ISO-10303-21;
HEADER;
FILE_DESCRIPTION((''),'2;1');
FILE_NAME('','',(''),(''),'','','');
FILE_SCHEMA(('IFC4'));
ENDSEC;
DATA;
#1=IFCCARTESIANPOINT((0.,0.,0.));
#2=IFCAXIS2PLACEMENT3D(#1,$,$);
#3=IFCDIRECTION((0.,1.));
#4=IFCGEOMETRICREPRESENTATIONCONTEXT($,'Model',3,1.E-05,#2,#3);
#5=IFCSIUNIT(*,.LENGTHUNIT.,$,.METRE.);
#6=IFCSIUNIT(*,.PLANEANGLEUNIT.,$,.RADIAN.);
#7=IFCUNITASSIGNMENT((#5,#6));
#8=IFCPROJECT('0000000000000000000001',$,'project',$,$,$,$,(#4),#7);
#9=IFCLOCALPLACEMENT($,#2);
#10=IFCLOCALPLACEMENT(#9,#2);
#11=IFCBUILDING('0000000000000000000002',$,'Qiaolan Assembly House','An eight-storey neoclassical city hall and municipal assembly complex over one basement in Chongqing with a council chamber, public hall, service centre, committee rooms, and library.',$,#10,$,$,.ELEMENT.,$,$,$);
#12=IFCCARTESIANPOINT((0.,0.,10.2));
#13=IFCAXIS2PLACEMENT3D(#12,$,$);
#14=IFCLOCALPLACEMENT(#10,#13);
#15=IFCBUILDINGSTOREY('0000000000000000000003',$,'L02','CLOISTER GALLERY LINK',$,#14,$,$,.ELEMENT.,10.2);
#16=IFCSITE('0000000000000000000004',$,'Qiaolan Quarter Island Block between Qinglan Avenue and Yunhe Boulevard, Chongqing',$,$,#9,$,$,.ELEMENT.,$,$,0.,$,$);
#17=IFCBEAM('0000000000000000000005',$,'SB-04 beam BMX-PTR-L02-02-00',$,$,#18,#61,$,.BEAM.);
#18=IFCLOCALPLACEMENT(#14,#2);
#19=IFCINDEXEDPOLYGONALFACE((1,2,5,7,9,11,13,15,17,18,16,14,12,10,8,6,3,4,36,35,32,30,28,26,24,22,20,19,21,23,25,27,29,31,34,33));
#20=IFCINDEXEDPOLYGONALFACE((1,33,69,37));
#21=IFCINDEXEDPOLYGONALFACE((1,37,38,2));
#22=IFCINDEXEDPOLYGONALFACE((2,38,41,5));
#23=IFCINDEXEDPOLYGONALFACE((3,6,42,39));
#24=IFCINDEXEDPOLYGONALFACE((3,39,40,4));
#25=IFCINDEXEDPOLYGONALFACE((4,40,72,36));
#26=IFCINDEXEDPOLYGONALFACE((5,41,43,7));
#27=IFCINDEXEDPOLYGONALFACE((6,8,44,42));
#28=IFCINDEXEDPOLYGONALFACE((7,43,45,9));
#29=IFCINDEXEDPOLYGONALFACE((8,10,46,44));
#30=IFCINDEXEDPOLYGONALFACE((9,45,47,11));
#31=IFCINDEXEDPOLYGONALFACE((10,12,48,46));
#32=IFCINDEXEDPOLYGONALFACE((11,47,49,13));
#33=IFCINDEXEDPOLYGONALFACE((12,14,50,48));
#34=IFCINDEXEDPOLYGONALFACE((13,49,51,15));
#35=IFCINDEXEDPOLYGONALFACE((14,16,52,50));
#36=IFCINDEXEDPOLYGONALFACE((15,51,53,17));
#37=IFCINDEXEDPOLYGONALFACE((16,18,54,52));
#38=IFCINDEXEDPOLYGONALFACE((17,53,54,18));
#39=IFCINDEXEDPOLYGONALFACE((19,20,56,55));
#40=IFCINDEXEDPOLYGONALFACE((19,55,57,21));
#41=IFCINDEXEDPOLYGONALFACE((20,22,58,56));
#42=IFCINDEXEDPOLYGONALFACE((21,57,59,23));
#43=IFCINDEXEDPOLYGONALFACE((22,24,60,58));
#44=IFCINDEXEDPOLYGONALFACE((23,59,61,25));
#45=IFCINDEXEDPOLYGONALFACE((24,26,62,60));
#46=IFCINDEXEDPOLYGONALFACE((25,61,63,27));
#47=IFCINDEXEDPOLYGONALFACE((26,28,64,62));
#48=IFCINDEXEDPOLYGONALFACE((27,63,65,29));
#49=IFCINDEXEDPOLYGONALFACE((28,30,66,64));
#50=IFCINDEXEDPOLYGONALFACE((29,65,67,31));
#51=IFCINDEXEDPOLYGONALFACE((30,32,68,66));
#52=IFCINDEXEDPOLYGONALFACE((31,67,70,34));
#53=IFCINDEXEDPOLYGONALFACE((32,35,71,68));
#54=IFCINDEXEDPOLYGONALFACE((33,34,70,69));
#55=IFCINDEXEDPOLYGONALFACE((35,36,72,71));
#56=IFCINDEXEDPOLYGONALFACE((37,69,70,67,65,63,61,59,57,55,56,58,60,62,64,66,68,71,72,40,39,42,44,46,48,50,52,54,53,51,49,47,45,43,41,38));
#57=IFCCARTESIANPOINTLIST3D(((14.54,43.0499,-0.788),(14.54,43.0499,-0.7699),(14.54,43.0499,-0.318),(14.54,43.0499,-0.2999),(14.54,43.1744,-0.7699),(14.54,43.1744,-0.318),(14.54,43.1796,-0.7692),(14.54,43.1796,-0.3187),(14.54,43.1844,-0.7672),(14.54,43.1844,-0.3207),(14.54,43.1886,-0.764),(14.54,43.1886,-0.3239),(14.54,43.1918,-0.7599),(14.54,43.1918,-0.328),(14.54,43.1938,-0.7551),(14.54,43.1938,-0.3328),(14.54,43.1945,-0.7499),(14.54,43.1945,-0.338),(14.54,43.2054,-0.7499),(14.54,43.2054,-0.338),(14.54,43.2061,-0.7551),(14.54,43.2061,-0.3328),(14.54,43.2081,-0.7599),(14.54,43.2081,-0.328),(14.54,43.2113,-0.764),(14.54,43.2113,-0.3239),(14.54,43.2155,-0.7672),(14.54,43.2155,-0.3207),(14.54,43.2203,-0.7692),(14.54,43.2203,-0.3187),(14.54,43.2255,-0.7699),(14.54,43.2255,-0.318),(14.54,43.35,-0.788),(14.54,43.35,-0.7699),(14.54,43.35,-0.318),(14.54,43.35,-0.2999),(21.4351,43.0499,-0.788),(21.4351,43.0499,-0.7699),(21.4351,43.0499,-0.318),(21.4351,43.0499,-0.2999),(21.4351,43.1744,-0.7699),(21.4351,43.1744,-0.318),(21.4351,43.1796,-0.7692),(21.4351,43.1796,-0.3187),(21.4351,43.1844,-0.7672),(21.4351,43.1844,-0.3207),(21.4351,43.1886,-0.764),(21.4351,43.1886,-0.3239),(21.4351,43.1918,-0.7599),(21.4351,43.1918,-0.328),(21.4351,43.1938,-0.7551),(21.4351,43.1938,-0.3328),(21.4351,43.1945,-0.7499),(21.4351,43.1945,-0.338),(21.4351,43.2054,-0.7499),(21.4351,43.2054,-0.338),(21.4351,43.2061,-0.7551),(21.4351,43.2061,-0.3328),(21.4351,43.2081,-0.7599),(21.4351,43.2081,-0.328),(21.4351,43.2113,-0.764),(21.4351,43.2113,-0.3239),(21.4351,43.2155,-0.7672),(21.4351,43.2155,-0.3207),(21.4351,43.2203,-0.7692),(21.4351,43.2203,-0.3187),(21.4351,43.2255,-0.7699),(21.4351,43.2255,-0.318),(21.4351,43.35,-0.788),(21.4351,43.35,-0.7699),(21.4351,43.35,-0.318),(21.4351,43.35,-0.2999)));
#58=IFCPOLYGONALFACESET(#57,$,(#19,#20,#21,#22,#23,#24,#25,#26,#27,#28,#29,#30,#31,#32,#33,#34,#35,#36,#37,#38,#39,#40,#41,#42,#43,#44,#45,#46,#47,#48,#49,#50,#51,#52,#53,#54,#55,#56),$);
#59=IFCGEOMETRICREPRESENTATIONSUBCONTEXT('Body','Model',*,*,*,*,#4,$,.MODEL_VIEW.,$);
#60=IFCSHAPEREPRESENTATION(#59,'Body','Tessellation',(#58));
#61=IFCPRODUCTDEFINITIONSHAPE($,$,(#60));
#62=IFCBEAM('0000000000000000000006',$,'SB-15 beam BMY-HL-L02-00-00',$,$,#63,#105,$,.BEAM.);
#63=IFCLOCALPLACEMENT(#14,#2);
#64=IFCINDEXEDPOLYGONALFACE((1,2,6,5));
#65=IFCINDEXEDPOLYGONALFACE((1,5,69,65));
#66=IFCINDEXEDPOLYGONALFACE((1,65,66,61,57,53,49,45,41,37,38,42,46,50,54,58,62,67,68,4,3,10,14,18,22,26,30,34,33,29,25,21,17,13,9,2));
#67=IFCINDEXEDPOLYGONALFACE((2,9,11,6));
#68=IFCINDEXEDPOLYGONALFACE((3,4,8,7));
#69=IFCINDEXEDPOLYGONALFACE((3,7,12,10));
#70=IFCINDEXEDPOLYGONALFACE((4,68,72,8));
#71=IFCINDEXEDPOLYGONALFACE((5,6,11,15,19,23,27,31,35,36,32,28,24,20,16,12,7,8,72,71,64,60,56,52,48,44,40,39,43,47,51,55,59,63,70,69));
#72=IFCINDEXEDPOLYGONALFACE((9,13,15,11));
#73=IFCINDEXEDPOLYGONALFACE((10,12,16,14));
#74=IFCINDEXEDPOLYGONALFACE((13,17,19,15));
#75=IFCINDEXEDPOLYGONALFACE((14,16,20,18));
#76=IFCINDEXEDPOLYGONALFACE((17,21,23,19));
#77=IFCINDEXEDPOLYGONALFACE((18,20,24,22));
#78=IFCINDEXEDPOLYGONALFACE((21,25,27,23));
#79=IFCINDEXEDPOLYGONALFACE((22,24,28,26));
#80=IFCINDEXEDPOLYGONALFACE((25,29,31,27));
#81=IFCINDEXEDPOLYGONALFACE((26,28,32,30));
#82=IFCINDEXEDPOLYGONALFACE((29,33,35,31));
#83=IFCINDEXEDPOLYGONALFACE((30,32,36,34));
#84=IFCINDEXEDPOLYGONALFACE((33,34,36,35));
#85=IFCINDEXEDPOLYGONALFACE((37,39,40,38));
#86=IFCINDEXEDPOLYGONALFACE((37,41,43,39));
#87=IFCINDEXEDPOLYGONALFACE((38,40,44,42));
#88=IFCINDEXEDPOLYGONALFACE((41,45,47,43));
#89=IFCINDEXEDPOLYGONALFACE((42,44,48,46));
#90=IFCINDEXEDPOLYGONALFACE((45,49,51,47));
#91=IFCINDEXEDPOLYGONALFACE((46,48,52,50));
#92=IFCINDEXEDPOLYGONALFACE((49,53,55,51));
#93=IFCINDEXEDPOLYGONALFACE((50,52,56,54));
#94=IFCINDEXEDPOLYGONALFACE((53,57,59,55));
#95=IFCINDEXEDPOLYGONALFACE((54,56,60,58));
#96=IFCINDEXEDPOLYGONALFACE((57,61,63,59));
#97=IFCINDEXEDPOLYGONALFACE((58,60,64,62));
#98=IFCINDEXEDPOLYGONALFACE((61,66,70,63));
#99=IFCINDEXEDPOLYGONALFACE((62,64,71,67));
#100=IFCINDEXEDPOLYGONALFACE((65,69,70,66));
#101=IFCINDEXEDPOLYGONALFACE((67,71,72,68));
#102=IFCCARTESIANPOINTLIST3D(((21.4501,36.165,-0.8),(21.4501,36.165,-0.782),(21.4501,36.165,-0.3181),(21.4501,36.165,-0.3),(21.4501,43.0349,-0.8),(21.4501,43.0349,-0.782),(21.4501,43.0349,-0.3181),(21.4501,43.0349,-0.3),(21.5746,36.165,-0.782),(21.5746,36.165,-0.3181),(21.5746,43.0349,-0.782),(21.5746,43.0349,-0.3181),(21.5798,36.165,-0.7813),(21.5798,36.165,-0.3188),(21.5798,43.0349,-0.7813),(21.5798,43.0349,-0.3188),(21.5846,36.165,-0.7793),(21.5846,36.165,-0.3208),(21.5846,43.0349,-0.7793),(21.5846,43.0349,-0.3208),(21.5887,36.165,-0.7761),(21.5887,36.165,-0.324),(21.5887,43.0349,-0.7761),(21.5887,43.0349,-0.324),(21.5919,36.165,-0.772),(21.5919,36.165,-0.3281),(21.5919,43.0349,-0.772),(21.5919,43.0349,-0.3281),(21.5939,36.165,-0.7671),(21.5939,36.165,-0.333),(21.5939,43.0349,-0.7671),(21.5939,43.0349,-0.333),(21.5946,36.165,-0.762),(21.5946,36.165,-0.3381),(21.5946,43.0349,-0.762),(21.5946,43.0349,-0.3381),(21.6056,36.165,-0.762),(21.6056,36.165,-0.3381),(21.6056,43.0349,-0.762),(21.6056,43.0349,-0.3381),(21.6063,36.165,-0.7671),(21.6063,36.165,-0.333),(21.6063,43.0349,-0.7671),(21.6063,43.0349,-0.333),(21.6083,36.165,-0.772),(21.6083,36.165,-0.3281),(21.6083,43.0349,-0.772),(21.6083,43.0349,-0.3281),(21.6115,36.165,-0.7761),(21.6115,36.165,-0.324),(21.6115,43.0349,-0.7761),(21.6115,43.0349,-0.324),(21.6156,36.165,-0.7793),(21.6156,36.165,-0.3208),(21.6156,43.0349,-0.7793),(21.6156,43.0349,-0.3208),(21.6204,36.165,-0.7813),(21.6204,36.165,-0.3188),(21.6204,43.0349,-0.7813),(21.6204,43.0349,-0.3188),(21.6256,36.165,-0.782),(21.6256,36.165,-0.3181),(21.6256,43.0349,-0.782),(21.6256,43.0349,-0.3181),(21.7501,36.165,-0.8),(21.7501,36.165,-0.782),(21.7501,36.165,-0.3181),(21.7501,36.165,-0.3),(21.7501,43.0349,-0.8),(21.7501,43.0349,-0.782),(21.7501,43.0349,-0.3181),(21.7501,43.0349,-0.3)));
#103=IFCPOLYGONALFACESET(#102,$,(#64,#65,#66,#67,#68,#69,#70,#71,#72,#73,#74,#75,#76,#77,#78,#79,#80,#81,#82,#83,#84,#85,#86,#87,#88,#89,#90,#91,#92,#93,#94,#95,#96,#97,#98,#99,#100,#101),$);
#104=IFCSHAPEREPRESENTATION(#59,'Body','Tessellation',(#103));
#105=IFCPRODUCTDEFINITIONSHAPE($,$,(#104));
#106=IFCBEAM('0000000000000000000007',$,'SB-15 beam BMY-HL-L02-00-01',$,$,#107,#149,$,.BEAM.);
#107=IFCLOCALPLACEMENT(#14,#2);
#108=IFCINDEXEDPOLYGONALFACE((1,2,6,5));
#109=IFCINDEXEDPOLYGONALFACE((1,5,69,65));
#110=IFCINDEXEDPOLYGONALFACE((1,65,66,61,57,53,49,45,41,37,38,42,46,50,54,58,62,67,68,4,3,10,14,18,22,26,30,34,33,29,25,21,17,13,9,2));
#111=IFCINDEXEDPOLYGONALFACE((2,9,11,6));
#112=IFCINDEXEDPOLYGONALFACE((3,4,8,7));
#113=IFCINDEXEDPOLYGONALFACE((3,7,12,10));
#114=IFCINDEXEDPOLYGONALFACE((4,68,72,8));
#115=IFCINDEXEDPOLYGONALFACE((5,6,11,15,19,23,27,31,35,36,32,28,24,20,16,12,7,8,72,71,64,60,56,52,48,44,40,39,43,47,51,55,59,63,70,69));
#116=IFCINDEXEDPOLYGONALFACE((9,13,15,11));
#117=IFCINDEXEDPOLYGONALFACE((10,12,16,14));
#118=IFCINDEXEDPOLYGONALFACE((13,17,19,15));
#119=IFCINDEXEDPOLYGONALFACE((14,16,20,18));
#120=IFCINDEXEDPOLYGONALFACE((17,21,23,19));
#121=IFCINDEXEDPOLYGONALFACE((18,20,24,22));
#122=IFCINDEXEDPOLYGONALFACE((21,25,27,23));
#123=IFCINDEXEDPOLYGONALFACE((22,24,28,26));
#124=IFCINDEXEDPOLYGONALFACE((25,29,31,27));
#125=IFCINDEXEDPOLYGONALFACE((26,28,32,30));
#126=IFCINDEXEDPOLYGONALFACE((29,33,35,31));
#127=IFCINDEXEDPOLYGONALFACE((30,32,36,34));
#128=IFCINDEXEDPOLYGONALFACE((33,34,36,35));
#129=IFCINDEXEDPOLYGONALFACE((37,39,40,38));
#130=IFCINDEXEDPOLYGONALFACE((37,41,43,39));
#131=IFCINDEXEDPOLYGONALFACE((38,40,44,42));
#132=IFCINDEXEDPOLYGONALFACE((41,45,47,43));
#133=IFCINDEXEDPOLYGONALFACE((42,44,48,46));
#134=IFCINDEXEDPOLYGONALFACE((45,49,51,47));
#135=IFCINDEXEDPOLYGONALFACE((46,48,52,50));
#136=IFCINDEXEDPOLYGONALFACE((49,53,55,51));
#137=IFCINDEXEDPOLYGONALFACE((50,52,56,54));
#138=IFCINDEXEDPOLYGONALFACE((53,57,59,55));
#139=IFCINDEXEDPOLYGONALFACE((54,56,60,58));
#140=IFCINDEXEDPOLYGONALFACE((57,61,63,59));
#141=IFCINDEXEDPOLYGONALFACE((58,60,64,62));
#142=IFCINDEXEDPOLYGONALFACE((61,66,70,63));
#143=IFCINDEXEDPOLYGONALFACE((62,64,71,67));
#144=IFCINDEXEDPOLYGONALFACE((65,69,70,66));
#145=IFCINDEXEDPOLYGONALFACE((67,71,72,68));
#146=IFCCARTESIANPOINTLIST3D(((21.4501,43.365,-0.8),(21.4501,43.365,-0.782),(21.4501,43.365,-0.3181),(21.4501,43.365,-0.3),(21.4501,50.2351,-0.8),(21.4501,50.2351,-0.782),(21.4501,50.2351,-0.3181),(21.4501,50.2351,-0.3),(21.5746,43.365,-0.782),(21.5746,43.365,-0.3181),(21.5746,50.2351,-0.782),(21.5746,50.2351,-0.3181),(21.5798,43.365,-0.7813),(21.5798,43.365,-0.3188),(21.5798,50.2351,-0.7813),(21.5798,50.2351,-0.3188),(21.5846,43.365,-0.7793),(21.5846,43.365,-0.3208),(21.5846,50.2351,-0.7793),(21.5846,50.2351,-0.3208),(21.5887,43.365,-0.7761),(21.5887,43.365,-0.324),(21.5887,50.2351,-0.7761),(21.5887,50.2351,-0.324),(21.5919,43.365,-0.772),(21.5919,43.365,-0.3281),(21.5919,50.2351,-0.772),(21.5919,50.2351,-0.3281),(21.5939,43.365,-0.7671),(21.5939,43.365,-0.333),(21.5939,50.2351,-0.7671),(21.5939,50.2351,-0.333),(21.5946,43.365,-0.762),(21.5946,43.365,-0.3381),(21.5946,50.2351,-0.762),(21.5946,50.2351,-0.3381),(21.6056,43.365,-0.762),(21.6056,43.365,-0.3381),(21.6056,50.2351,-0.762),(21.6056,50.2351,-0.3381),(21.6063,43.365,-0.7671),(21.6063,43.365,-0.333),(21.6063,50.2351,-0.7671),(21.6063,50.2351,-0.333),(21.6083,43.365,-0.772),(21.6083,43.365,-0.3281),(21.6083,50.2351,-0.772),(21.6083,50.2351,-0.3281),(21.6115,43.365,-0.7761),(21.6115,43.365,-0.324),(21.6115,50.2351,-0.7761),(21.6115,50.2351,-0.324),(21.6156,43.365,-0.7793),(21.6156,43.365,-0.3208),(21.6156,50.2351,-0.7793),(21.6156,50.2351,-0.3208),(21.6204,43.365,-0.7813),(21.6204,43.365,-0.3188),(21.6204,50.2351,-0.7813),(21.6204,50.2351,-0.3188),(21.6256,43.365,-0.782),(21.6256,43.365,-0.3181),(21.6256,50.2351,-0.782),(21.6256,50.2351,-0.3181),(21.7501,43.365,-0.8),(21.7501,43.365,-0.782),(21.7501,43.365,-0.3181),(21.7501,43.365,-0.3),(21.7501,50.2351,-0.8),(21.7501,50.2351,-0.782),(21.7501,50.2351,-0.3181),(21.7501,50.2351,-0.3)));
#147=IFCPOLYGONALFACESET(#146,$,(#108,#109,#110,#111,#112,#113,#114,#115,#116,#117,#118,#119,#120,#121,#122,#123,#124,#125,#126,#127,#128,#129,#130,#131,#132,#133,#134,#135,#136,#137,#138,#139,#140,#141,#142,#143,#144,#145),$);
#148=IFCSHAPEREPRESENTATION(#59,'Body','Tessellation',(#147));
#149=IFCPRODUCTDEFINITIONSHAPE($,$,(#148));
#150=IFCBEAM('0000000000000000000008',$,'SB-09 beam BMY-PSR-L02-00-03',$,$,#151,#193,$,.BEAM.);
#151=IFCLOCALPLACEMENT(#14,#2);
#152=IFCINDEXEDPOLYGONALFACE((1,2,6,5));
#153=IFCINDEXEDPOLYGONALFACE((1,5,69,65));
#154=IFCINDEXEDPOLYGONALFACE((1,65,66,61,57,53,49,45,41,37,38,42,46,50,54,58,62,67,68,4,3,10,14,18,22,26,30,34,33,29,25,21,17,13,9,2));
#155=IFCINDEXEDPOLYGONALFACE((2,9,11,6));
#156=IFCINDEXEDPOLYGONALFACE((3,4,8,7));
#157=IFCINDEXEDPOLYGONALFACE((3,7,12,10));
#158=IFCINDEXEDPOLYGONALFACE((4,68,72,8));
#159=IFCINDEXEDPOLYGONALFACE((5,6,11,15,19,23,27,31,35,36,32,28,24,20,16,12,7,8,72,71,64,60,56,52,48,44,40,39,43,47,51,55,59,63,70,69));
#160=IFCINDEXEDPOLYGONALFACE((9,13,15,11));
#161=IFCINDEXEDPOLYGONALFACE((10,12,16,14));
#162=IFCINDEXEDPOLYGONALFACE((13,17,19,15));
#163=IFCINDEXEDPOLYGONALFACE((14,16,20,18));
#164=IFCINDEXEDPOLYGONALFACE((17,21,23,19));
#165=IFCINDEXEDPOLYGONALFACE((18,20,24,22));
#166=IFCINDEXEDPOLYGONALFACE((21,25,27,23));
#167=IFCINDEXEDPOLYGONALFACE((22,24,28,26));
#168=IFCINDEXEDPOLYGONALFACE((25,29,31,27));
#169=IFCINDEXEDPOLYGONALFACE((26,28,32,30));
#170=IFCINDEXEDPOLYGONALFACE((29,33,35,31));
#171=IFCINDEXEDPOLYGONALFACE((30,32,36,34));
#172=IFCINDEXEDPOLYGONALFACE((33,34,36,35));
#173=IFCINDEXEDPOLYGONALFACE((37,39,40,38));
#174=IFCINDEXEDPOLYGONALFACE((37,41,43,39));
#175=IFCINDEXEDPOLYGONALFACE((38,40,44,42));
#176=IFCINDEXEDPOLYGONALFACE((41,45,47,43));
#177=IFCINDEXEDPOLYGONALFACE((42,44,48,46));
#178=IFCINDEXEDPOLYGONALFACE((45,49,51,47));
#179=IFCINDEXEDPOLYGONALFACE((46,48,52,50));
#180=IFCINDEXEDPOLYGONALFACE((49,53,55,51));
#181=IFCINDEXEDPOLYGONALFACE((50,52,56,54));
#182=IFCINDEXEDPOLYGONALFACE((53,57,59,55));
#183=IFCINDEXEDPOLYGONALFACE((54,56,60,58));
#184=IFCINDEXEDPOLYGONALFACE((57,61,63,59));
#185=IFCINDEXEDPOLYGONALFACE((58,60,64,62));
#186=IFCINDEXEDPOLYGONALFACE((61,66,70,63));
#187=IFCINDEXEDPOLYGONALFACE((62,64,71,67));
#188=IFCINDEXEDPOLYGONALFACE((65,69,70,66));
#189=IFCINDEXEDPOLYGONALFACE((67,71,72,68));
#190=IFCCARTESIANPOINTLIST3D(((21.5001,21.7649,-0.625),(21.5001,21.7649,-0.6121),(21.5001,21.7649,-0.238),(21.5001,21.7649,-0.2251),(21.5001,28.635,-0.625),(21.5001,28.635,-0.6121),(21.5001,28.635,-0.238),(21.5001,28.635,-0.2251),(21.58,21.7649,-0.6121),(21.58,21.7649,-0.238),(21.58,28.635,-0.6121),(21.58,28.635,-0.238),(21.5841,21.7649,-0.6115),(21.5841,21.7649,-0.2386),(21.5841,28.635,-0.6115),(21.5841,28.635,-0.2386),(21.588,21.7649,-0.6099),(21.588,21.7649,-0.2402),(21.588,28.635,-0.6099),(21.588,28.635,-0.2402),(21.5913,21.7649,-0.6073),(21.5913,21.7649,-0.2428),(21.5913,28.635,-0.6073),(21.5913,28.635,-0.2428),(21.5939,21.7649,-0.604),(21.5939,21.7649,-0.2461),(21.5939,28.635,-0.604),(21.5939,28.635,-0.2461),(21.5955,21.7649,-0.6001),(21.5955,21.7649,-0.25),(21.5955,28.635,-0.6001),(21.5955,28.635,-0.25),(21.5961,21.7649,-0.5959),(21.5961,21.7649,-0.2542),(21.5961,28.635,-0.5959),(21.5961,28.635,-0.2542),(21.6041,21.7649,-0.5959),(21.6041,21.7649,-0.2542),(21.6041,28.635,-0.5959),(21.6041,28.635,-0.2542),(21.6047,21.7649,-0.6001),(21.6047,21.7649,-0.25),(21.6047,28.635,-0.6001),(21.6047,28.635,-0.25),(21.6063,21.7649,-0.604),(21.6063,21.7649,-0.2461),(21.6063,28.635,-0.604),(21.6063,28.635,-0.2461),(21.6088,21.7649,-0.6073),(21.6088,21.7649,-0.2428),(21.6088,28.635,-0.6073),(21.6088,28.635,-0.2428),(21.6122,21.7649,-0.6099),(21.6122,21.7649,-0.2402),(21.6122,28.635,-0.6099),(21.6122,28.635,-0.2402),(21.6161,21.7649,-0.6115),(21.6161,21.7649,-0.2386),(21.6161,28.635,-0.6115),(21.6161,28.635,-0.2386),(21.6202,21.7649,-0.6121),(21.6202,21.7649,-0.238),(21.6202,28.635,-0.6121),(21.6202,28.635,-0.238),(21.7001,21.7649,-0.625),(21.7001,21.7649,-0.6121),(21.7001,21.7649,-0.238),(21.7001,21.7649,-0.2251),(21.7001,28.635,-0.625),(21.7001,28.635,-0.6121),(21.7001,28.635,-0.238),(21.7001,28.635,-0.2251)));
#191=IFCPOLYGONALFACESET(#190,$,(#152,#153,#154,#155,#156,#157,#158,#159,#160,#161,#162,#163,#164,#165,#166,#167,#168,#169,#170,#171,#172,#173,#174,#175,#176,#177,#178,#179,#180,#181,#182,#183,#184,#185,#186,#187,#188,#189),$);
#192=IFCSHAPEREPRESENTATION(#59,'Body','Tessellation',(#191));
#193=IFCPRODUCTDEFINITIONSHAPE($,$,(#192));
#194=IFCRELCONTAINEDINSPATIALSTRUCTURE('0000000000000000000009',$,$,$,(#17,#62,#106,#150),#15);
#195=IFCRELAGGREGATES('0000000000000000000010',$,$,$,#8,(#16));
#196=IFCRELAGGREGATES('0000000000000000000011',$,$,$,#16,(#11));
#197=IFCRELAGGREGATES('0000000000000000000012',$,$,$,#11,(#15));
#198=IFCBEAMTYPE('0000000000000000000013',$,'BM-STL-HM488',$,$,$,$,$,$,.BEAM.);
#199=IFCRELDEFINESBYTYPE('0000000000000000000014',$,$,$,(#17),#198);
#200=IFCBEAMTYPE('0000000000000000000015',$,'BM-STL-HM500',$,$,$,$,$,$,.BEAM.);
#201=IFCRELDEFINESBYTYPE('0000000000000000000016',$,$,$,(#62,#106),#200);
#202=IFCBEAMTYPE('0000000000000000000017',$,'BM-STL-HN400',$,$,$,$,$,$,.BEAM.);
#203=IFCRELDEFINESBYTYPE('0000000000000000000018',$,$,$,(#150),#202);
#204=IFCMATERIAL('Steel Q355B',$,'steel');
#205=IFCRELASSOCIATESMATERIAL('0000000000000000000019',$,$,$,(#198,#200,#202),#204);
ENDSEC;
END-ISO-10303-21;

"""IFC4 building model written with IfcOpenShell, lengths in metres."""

from ifc_helpers import new_model, si_unit, direction, frame, origin, origin_2d, place, context, subcontext, project, spatial, i_section, extrude, material, material_profile, profile_set, type_object, element, save


model = new_model("IFC4")

# Units and contexts
model_context = context("Model", 3, precision=1e-05, world=origin(), true_north=direction((0.0, 1.0)))
body_context = subcontext(model_context, "Body", "Model", "MODEL_VIEW")
ifc_project = project(units=[si_unit("LENGTHUNIT", "METRE"), si_unit("PLANEANGLEUNIT", "RADIAN")], contexts=[model_context])

# Site, building, storey
site_placement = place(None, origin())
site = spatial("IfcSite", under=ifc_project, at=site_placement, Name="Qiaolan Quarter Island Block between Qinglan Avenue and Yunhe Boulevard, Chongqing", CompositionType="ELEMENT", RefElevation=0.0)
building_placement = place(site_placement, origin())
building = spatial("IfcBuilding", under=site, at=building_placement, Name="Qiaolan Assembly House", Description="An eight-storey neoclassical city hall and municipal assembly complex over one basement in Chongqing with a council chamber, public hall, service centre, committee rooms, and library.", CompositionType="ELEMENT")
storey_placement = place(building_placement, frame((0.0, 0.0, 10.2)))
storey = spatial("IfcBuildingStorey", under=building, at=storey_placement, Name="L02", Description="CLOISTER GALLERY LINK", CompositionType="ELEMENT", Elevation=10.2)

# Shared definitions
ifc_material_1 = material(Name="Steel Q355B", Category="steel")

# Beams
ifc_material_profile_1 = material_profile(ifc_material_1, i_section(OverallWidth=0.3, OverallDepth=0.488, WebThickness=0.011, FlangeThickness=0.0181, FilletRadius=0.02, at=origin_2d()), Name="HM 488x300x11x18")
ifc_profile_set_1 = profile_set([ifc_material_profile_1], Name="Steel Q355B")
beam_type_1 = type_object("IfcBeamType", Name="BM-STL-HM488", PredefinedType="BEAM", material=ifc_profile_set_1)
beam_1_placement = place(storey_placement, frame((14.54, 43.2, -0.5439), z_axis=(1.0, 0.0, 0.0), x_axis=(0.0, 1.0, 0.0)))
element("IfcBeam", 1, at=beam_1_placement, inside=storey, type_object=beam_type_1, Name="SB-04 beam BMX-PTR-L02-02-00", PredefinedType="BEAM", context=body_context, shape_type="SweptSolid", body=[
    extrude(i_section(OverallWidth=0.3, OverallDepth=0.488, WebThickness=0.011, FlangeThickness=0.0181, FilletRadius=0.02, at=origin_2d()), origin(), (0.0, 0.0, 1.0), 6.895),
])
ifc_material_profile_2 = material_profile(ifc_material_1, i_section(OverallWidth=0.3, OverallDepth=0.5, WebThickness=0.011, FlangeThickness=0.0181, FilletRadius=0.02, at=origin_2d()), Name="HM 500x300x11x18")
ifc_profile_set_2 = profile_set([ifc_material_profile_2], Name="Steel Q355B")
beam_type_2 = type_object("IfcBeamType", Name="BM-STL-HM500", PredefinedType="BEAM", material=ifc_profile_set_2)
beam_2_placement = place(storey_placement, frame((21.6001, 36.165, -0.55), z_axis=(0.0, 1.0, 0.0), x_axis=(-1.0, 0.0, 0.0)))
element("IfcBeam", 2, at=beam_2_placement, inside=storey, type_object=beam_type_2, Name="SB-15 beam BMY-HL-L02-00-00", PredefinedType="BEAM", context=body_context, shape_type="SweptSolid", body=[
    extrude(i_section(OverallWidth=0.3, OverallDepth=0.5, WebThickness=0.011, FlangeThickness=0.0181, FilletRadius=0.02, at=origin_2d()), origin(), (0.0, 0.0, 1.0), 6.8699),
])
beam_3_placement = place(storey_placement, frame((21.6001, 43.365, -0.55), z_axis=(0.0, 1.0, 0.0), x_axis=(-1.0, 0.0, 0.0)))
element("IfcBeam", 3, at=beam_3_placement, inside=storey, type_object=beam_type_2, Name="SB-15 beam BMY-HL-L02-00-01", PredefinedType="BEAM", context=body_context, shape_type="SweptSolid", body=[
    extrude(i_section(OverallWidth=0.3, OverallDepth=0.5, WebThickness=0.011, FlangeThickness=0.0181, FilletRadius=0.02, at=origin_2d()), origin(), (0.0, 0.0, 1.0), 6.8701),
])
ifc_material_profile_3 = material_profile(ifc_material_1, i_section(OverallWidth=0.2, OverallDepth=0.3999, WebThickness=0.0081, FlangeThickness=0.0129, FilletRadius=0.0161, at=origin_2d()), Name="HN 400x200x8x13")
ifc_profile_set_3 = profile_set([ifc_material_profile_3], Name="Steel Q355B")
beam_type_3 = type_object("IfcBeamType", Name="BM-STL-HN400", PredefinedType="BEAM", material=ifc_profile_set_3)
beam_4_placement = place(storey_placement, frame((21.6001, 21.7649, -0.425), z_axis=(0.0, 1.0, 0.0), x_axis=(-1.0, 0.0, 0.0)))
element("IfcBeam", 4, at=beam_4_placement, inside=storey, type_object=beam_type_3, Name="SB-09 beam BMY-PSR-L02-00-03", PredefinedType="BEAM", context=body_context, shape_type="SweptSolid", body=[
    extrude(i_section(OverallWidth=0.2, OverallDepth=0.3999, WebThickness=0.0081, FlangeThickness=0.0129, FilletRadius=0.0161, at=origin_2d()), origin(), (0.0, 0.0, 1.0), 6.8701),
])

save(model, "model.ifc")
